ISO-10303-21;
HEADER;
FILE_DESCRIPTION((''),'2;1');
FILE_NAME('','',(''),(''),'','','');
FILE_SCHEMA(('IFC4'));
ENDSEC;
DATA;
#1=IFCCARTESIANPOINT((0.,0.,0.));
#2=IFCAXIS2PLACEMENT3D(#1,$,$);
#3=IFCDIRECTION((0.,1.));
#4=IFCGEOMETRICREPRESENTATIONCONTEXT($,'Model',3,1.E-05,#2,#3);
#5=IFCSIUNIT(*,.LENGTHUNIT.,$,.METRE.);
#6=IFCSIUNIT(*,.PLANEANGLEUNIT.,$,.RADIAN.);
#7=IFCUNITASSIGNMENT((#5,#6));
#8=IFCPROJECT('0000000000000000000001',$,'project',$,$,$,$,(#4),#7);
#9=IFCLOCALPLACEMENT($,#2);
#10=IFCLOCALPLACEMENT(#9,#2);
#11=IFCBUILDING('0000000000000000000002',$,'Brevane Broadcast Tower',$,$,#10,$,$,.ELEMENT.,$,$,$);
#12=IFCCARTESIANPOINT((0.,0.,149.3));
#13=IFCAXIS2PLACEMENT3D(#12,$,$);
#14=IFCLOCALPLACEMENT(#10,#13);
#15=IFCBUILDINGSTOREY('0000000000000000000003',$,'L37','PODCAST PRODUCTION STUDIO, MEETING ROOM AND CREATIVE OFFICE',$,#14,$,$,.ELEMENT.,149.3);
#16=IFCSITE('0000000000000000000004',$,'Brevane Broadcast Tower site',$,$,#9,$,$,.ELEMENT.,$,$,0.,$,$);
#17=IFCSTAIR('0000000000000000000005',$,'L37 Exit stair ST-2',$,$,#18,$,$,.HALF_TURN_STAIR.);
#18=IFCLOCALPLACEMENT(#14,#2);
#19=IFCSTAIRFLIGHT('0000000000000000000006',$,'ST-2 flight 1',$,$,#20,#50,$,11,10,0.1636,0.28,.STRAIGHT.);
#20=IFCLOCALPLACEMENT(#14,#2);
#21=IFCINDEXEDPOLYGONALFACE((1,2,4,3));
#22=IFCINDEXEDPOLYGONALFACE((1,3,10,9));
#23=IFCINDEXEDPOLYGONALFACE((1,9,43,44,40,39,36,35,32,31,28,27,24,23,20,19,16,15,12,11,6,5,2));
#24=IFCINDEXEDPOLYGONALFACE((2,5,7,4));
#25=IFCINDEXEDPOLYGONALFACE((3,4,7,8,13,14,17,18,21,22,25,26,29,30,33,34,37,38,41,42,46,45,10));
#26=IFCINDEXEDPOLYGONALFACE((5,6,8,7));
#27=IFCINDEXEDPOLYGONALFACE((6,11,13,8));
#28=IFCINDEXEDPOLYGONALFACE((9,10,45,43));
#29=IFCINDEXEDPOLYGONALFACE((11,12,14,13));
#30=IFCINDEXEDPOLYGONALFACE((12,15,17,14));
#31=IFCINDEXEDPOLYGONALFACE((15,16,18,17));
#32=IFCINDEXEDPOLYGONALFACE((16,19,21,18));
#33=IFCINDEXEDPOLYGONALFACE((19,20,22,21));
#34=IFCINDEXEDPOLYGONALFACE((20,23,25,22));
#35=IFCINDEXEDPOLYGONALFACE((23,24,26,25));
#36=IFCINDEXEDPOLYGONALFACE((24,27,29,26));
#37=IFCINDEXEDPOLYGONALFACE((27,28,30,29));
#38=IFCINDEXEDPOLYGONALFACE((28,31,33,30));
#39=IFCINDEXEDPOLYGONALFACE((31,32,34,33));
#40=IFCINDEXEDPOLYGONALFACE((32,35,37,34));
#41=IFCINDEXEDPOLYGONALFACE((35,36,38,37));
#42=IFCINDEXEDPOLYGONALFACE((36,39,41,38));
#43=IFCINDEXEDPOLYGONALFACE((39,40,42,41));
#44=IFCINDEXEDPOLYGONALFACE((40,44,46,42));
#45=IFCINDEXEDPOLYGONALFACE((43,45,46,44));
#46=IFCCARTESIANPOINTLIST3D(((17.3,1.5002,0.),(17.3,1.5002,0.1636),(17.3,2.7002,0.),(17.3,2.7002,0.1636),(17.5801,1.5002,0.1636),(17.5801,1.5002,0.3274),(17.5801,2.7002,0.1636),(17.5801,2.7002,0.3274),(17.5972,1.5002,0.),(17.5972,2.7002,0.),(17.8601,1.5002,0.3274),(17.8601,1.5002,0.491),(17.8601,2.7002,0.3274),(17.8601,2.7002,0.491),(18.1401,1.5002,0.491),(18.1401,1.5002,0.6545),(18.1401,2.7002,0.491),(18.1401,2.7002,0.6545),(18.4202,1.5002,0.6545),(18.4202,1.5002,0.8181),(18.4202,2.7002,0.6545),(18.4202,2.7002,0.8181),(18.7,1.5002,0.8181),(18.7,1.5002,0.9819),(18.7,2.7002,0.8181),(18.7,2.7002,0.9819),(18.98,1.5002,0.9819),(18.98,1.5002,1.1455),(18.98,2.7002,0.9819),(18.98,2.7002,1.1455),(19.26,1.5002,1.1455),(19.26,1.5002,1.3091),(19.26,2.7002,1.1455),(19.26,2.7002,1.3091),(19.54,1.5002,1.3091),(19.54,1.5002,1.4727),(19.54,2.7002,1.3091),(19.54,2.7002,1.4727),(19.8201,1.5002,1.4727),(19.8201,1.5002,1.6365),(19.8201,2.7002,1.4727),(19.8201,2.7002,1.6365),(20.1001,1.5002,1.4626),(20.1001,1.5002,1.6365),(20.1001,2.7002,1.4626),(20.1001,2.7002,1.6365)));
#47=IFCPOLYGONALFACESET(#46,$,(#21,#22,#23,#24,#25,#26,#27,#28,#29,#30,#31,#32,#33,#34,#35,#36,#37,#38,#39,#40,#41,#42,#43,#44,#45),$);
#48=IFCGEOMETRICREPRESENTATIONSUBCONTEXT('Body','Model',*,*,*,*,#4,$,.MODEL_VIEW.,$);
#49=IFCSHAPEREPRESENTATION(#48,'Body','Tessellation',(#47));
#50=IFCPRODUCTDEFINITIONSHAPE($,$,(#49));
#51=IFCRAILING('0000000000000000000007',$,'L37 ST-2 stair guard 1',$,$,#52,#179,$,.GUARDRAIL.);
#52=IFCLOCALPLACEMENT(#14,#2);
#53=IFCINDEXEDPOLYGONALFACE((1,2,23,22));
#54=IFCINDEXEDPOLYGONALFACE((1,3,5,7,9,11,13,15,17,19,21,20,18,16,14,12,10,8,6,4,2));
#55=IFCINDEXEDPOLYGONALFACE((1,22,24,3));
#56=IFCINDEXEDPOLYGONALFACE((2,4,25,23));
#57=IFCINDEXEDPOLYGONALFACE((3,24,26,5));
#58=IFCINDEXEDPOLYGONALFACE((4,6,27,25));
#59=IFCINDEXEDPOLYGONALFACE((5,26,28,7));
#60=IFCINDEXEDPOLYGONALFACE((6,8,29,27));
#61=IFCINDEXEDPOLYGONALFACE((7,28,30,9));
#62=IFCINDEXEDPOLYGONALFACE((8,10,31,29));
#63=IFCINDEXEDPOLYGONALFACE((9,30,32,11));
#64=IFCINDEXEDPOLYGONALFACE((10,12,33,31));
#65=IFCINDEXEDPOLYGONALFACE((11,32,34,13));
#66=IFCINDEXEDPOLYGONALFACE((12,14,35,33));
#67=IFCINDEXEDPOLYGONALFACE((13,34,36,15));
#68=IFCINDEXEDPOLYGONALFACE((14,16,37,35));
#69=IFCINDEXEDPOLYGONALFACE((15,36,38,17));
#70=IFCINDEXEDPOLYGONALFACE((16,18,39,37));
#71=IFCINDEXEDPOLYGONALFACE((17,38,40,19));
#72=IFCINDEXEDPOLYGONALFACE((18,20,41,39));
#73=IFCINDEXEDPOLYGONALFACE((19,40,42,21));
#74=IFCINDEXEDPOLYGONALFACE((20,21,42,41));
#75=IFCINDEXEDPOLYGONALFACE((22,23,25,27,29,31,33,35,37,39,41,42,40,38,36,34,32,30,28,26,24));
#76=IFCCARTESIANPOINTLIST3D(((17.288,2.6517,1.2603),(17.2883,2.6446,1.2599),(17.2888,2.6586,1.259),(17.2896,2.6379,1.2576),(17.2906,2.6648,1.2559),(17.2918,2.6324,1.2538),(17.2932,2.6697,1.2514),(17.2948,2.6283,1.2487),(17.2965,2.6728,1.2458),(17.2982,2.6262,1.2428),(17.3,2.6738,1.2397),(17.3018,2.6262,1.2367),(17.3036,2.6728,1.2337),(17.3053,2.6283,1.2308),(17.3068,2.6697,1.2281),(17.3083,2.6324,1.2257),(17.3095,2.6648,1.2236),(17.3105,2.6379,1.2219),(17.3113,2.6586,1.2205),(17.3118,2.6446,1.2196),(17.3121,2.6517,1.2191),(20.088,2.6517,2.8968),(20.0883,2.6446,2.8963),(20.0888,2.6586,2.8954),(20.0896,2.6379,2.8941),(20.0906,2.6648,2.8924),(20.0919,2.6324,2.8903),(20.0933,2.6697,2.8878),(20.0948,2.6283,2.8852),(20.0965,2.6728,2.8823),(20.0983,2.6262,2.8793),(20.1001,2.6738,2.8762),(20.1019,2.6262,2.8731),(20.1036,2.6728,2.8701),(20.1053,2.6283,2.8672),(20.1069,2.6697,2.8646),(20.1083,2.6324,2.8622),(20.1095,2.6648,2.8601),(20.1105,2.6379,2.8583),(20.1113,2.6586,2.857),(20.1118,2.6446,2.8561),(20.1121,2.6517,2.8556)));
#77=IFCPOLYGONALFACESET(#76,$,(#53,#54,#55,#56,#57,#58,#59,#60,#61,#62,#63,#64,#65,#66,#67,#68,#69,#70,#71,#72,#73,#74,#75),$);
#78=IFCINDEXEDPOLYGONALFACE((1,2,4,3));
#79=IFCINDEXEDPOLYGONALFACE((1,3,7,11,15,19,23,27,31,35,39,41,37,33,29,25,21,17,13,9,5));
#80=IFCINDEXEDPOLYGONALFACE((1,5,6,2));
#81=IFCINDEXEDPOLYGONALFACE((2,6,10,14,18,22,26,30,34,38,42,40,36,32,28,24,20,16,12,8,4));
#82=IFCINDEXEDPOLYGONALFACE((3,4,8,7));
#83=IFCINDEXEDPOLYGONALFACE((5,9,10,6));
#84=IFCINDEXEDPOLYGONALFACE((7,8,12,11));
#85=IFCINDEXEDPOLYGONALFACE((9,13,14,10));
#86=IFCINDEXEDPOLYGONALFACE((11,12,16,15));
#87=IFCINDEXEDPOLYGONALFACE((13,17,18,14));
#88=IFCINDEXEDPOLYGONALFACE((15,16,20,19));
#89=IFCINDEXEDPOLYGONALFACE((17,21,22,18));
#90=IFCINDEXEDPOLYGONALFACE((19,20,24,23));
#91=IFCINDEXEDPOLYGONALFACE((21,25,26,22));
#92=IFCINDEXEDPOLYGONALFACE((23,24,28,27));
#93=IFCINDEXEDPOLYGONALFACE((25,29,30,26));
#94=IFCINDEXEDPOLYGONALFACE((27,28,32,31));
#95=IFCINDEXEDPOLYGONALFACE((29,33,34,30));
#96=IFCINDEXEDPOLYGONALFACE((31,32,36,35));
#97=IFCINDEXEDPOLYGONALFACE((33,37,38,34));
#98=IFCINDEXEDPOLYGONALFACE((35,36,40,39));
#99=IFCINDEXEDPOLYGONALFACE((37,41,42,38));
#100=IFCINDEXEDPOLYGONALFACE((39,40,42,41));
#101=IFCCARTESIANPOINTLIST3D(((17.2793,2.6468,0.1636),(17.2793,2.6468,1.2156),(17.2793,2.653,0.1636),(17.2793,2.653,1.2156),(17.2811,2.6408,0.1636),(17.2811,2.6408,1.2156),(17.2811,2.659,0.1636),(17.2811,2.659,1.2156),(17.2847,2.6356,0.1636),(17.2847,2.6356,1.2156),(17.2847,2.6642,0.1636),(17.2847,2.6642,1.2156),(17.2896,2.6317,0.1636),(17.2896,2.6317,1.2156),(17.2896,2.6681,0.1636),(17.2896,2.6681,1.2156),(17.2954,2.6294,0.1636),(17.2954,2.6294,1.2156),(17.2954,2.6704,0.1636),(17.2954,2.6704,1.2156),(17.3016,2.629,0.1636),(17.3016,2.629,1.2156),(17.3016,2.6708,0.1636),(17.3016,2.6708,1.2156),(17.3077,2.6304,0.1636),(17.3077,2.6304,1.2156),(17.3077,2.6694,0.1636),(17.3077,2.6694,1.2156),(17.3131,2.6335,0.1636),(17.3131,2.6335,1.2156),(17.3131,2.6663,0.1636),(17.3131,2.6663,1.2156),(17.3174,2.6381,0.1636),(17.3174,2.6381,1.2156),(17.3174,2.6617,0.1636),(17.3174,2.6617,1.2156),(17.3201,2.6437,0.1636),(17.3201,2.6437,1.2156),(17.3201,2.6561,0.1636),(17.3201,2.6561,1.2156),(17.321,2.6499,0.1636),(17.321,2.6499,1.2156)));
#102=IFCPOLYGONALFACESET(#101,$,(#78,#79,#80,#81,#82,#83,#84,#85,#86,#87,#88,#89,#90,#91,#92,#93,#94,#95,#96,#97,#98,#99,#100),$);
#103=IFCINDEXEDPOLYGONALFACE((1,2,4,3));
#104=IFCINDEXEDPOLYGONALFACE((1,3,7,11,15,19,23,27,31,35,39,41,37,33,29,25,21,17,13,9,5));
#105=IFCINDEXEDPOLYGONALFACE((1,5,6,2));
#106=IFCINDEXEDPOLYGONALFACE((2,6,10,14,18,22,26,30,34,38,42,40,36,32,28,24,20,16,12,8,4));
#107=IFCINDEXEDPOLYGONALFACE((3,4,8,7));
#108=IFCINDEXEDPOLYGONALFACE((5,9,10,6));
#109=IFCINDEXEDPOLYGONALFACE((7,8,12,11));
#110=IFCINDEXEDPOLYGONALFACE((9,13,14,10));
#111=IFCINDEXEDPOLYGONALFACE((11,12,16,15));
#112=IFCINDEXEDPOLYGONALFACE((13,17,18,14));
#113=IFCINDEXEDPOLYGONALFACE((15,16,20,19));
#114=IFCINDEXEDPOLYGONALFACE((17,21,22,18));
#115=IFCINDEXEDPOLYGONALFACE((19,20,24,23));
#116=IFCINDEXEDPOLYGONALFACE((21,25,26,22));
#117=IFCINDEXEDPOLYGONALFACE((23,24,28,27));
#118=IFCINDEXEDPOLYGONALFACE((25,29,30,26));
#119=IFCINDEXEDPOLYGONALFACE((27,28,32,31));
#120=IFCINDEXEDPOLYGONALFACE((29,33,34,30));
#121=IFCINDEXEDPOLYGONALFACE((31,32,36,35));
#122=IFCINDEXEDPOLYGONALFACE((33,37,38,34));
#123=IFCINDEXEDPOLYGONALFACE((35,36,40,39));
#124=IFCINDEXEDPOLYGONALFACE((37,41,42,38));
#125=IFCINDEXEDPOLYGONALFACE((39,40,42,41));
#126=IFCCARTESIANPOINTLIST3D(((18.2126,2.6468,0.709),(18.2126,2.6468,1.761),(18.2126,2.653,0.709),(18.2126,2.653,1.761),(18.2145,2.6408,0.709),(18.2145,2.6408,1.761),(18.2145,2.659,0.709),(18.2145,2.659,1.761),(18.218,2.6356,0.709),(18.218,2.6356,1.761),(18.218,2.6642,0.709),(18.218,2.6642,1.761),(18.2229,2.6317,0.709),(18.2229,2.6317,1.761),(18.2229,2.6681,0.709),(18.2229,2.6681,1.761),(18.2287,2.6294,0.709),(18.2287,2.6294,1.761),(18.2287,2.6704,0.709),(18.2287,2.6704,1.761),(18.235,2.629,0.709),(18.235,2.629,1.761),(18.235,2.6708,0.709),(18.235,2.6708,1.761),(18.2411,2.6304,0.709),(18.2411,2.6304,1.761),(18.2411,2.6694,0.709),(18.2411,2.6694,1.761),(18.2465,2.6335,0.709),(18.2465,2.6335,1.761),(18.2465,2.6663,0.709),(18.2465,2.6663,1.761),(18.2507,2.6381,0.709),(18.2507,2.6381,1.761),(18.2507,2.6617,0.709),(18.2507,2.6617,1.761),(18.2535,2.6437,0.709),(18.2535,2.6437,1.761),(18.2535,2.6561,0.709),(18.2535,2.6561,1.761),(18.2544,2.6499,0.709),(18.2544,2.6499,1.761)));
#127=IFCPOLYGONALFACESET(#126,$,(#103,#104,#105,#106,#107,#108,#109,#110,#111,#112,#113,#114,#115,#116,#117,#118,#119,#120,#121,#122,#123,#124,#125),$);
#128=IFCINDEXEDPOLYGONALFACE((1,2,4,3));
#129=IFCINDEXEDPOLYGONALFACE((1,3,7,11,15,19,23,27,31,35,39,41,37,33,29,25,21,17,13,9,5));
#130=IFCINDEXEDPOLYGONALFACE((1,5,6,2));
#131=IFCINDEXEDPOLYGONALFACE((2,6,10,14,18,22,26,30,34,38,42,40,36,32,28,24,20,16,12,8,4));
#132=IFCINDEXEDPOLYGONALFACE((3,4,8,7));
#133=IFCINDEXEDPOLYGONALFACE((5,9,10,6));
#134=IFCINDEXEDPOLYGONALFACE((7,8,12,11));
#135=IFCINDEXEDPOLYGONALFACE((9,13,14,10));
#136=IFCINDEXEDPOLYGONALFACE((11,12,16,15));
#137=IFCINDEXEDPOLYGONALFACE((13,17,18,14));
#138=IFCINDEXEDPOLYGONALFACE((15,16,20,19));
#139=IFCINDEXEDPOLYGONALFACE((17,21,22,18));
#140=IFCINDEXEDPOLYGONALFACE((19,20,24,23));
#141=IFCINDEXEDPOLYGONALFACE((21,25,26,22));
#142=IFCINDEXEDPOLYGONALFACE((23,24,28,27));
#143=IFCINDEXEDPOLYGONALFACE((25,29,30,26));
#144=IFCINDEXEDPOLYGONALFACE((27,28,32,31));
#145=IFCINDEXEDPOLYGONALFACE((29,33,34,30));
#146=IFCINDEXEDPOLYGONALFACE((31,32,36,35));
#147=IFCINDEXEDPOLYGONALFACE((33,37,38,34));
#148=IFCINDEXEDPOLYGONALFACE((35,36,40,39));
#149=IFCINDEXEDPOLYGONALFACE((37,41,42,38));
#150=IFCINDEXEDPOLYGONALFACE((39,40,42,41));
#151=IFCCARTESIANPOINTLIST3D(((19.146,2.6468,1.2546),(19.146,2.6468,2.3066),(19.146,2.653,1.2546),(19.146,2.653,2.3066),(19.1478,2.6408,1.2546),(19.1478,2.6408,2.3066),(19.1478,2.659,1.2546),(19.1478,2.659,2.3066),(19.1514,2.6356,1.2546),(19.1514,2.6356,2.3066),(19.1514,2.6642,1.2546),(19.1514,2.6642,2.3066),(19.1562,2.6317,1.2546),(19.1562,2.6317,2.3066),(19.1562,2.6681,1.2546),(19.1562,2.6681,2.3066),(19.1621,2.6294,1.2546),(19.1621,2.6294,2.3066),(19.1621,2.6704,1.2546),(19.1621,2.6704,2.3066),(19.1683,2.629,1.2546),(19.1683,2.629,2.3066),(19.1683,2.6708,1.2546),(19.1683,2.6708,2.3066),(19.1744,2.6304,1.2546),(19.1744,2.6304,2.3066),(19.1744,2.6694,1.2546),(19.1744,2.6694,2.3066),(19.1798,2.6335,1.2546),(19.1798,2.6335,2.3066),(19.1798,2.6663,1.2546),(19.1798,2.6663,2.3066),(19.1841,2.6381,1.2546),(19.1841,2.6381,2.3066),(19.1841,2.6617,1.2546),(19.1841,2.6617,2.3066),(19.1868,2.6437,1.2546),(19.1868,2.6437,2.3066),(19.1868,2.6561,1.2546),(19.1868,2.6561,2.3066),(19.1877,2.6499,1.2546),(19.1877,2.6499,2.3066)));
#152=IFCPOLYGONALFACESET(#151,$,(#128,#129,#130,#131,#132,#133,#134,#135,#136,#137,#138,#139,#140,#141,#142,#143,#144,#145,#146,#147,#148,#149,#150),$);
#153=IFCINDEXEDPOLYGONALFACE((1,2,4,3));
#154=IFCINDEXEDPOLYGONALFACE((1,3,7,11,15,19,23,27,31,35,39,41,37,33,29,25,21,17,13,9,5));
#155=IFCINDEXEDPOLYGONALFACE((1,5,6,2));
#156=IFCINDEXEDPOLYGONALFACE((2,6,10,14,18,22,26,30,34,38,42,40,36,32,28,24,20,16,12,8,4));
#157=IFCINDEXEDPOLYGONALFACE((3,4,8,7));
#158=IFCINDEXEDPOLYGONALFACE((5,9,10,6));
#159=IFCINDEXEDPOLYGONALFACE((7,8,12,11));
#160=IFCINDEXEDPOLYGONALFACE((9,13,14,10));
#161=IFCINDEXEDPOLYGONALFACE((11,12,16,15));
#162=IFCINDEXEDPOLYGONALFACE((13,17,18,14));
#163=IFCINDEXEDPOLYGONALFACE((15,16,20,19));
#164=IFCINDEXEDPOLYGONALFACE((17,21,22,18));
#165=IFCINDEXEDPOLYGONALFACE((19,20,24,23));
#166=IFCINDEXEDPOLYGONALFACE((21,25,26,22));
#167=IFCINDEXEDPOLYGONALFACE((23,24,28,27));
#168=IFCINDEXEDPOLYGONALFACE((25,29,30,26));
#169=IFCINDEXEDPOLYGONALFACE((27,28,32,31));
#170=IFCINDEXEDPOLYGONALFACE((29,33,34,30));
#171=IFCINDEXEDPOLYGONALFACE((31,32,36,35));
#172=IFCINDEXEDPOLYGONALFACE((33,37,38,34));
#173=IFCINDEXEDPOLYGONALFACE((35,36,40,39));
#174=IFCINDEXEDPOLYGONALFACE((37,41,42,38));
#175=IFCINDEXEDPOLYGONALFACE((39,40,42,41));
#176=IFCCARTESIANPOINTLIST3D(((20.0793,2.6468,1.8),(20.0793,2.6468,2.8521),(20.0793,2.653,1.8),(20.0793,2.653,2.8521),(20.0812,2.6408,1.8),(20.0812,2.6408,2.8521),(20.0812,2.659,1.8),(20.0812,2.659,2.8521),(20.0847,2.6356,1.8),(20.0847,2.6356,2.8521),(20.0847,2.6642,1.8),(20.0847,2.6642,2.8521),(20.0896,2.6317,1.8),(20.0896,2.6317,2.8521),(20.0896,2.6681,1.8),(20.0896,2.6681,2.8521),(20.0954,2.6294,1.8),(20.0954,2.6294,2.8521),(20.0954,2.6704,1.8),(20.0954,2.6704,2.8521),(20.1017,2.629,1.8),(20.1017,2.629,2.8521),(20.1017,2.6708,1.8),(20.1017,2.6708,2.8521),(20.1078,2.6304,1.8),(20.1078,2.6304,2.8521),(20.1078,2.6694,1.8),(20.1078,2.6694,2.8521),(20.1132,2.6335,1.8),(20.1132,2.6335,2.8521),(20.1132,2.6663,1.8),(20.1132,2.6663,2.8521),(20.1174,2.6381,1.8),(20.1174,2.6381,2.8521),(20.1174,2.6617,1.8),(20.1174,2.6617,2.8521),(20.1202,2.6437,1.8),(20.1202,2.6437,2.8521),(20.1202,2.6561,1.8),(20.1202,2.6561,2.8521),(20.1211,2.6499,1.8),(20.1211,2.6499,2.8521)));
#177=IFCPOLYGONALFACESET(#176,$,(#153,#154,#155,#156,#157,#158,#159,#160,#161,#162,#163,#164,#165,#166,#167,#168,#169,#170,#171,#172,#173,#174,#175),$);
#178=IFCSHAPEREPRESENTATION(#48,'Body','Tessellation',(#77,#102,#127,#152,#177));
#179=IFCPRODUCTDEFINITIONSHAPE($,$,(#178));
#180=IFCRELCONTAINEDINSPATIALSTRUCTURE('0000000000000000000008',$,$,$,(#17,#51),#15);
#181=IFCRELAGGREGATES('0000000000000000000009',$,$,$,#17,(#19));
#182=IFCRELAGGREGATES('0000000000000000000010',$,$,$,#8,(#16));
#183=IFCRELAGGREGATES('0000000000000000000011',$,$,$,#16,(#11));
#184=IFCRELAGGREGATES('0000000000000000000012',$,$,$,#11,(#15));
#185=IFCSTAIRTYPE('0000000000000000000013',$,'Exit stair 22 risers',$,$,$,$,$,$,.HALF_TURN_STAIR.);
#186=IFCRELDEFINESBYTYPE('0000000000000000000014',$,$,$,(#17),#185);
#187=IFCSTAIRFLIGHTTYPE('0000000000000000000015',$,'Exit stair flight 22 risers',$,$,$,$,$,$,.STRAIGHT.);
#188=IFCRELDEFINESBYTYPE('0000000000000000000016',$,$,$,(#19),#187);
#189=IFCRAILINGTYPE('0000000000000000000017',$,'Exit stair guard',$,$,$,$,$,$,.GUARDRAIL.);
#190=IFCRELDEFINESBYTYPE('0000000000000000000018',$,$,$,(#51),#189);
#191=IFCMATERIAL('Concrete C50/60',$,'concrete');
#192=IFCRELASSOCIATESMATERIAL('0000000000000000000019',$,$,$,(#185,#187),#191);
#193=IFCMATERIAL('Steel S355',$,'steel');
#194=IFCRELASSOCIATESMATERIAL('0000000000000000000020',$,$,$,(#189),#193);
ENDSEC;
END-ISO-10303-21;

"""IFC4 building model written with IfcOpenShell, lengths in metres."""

from ifc_helpers import new_model, si_unit, direction, frame, origin, origin_2d, place, context, subcontext, project, spatial, polyline, circle, outline, extrude, material, type_object, element, aggregate, save


model = new_model("IFC4")

# Units and contexts
model_context = context("Model", 3, precision=1e-05, world=origin(), true_north=direction((0.0, 1.0)))
body_context = subcontext(model_context, "Body", "Model", "MODEL_VIEW")
ifc_project = project(units=[si_unit("LENGTHUNIT", "METRE"), si_unit("PLANEANGLEUNIT", "RADIAN")], contexts=[model_context])

# Site, building, storey
site_placement = place(None, origin())
site = spatial("IfcSite", under=ifc_project, at=site_placement, Name="Brevane Broadcast Tower site", CompositionType="ELEMENT", RefElevation=0.0)
building_placement = place(site_placement, origin())
building = spatial("IfcBuilding", under=site, at=building_placement, Name="Brevane Broadcast Tower", CompositionType="ELEMENT")
storey_placement = place(building_placement, frame((0.0, 0.0, 149.3)))
storey = spatial("IfcBuildingStorey", under=building, at=storey_placement, Name="L37", Description="PODCAST PRODUCTION STUDIO, MEETING ROOM AND CREATIVE OFFICE", CompositionType="ELEMENT", Elevation=149.3)

# Stair, stair flight
ifc_material_1 = material(Name="Concrete C50/60", Category="concrete")
stair_type = type_object("IfcStairType", Name="Exit stair 22 risers", PredefinedType="HALF_TURN_STAIR", material=ifc_material_1)
stair_placement = place(storey_placement, origin())
stair = element("IfcStair", 1, at=stair_placement, inside=storey, type_object=stair_type, Name="L37 Exit stair ST-2", PredefinedType="HALF_TURN_STAIR")
stair_flight_type = type_object("IfcStairFlightType", Name="Exit stair flight 22 risers", PredefinedType="STRAIGHT", material=ifc_material_1)
stair_flight_placement = place(storey_placement, frame((17.3, 2.1001, 0.0), z_axis=(0.0, 0.0, 1.0), x_axis=(1.0, 0.0, 0.0)))
stair_flight = element("IfcStairFlight", 2, at=stair_flight_placement, type_object=stair_flight_type, Name="ST-2 flight 1", NumberOfRisers=11, NumberOfTreads=10, PredefinedType="STRAIGHT", RiserHeight=0.1636, TreadLength=0.28, context=body_context, shape_type="SweptSolid", body=[
    extrude(outline(polyline([(0.0, 0.0), (0.0, 0.1636), (0.28, 0.1636), (0.28, 0.3274), (0.5601, 0.3274), (0.5601, 0.491), (0.8401, 0.491), (0.8401, 0.6545), (1.1201, 0.6545), (1.1201, 0.8181), (1.3999, 0.8181), (1.3999, 0.9819), (1.6799, 0.9819), (1.6799, 1.1455), (1.96, 1.1455), (1.96, 1.3091), (2.24, 1.3091), (2.24, 1.4727), (2.52, 1.4727), (2.52, 1.6365), (2.8, 1.6365), (2.8, 1.8), (2.8, 1.4626), (0.2971, 0.0), (0.0, 0.0)])), frame((0.0, 0.6001, 0.0), z_axis=(0.0, -1.0, 0.0), x_axis=(1.0, 0.0, 0.0)), (0.0, 0.0, 1.0), 1.2),
])
aggregate(stair, [stair_flight])

# Railing
ifc_material_2 = material(Name="Steel S355", Category="steel")
railing_type_1 = type_object("IfcRailingType", Name="Exit stair guard", PredefinedType="GUARDRAIL", material=ifc_material_2)
railing_1_placement = place(storey_placement, frame((17.3, 2.6499, 0.1636)))
element("IfcRailing", 3, at=railing_1_placement, inside=storey, type_object=railing_type_1, Name="L37 ST-2 stair guard 1", PredefinedType="GUARDRAIL", context=body_context, shape_type="SweptSolid", body=[
    extrude(circle(Radius=0.0239, at=origin_2d()), frame((0.0, 0.0, 1.0762), z_axis=(0.863361, 0.0, 0.504587), x_axis=(0.0, 1.0, 0.0)), (0.0, 0.0, 1.0), 3.2432),
    extrude(circle(Radius=0.021, at=origin_2d()), origin(), (0.0, 0.0, 1.0), 1.052),
    extrude(circle(Radius=0.021, at=origin_2d()), frame((0.9333, 0.0, 0.5454)), (0.0, 0.0, 1.0), 1.052),
    extrude(circle(Radius=0.021, at=origin_2d()), frame((1.8667, 0.0, 1.0911)), (0.0, 0.0, 1.0), 1.052),
    extrude(circle(Radius=0.021, at=origin_2d()), frame((2.8, 0.0, 1.6365)), (0.0, 0.0, 1.0), 1.052),
])

save(model, "model.ifc")
